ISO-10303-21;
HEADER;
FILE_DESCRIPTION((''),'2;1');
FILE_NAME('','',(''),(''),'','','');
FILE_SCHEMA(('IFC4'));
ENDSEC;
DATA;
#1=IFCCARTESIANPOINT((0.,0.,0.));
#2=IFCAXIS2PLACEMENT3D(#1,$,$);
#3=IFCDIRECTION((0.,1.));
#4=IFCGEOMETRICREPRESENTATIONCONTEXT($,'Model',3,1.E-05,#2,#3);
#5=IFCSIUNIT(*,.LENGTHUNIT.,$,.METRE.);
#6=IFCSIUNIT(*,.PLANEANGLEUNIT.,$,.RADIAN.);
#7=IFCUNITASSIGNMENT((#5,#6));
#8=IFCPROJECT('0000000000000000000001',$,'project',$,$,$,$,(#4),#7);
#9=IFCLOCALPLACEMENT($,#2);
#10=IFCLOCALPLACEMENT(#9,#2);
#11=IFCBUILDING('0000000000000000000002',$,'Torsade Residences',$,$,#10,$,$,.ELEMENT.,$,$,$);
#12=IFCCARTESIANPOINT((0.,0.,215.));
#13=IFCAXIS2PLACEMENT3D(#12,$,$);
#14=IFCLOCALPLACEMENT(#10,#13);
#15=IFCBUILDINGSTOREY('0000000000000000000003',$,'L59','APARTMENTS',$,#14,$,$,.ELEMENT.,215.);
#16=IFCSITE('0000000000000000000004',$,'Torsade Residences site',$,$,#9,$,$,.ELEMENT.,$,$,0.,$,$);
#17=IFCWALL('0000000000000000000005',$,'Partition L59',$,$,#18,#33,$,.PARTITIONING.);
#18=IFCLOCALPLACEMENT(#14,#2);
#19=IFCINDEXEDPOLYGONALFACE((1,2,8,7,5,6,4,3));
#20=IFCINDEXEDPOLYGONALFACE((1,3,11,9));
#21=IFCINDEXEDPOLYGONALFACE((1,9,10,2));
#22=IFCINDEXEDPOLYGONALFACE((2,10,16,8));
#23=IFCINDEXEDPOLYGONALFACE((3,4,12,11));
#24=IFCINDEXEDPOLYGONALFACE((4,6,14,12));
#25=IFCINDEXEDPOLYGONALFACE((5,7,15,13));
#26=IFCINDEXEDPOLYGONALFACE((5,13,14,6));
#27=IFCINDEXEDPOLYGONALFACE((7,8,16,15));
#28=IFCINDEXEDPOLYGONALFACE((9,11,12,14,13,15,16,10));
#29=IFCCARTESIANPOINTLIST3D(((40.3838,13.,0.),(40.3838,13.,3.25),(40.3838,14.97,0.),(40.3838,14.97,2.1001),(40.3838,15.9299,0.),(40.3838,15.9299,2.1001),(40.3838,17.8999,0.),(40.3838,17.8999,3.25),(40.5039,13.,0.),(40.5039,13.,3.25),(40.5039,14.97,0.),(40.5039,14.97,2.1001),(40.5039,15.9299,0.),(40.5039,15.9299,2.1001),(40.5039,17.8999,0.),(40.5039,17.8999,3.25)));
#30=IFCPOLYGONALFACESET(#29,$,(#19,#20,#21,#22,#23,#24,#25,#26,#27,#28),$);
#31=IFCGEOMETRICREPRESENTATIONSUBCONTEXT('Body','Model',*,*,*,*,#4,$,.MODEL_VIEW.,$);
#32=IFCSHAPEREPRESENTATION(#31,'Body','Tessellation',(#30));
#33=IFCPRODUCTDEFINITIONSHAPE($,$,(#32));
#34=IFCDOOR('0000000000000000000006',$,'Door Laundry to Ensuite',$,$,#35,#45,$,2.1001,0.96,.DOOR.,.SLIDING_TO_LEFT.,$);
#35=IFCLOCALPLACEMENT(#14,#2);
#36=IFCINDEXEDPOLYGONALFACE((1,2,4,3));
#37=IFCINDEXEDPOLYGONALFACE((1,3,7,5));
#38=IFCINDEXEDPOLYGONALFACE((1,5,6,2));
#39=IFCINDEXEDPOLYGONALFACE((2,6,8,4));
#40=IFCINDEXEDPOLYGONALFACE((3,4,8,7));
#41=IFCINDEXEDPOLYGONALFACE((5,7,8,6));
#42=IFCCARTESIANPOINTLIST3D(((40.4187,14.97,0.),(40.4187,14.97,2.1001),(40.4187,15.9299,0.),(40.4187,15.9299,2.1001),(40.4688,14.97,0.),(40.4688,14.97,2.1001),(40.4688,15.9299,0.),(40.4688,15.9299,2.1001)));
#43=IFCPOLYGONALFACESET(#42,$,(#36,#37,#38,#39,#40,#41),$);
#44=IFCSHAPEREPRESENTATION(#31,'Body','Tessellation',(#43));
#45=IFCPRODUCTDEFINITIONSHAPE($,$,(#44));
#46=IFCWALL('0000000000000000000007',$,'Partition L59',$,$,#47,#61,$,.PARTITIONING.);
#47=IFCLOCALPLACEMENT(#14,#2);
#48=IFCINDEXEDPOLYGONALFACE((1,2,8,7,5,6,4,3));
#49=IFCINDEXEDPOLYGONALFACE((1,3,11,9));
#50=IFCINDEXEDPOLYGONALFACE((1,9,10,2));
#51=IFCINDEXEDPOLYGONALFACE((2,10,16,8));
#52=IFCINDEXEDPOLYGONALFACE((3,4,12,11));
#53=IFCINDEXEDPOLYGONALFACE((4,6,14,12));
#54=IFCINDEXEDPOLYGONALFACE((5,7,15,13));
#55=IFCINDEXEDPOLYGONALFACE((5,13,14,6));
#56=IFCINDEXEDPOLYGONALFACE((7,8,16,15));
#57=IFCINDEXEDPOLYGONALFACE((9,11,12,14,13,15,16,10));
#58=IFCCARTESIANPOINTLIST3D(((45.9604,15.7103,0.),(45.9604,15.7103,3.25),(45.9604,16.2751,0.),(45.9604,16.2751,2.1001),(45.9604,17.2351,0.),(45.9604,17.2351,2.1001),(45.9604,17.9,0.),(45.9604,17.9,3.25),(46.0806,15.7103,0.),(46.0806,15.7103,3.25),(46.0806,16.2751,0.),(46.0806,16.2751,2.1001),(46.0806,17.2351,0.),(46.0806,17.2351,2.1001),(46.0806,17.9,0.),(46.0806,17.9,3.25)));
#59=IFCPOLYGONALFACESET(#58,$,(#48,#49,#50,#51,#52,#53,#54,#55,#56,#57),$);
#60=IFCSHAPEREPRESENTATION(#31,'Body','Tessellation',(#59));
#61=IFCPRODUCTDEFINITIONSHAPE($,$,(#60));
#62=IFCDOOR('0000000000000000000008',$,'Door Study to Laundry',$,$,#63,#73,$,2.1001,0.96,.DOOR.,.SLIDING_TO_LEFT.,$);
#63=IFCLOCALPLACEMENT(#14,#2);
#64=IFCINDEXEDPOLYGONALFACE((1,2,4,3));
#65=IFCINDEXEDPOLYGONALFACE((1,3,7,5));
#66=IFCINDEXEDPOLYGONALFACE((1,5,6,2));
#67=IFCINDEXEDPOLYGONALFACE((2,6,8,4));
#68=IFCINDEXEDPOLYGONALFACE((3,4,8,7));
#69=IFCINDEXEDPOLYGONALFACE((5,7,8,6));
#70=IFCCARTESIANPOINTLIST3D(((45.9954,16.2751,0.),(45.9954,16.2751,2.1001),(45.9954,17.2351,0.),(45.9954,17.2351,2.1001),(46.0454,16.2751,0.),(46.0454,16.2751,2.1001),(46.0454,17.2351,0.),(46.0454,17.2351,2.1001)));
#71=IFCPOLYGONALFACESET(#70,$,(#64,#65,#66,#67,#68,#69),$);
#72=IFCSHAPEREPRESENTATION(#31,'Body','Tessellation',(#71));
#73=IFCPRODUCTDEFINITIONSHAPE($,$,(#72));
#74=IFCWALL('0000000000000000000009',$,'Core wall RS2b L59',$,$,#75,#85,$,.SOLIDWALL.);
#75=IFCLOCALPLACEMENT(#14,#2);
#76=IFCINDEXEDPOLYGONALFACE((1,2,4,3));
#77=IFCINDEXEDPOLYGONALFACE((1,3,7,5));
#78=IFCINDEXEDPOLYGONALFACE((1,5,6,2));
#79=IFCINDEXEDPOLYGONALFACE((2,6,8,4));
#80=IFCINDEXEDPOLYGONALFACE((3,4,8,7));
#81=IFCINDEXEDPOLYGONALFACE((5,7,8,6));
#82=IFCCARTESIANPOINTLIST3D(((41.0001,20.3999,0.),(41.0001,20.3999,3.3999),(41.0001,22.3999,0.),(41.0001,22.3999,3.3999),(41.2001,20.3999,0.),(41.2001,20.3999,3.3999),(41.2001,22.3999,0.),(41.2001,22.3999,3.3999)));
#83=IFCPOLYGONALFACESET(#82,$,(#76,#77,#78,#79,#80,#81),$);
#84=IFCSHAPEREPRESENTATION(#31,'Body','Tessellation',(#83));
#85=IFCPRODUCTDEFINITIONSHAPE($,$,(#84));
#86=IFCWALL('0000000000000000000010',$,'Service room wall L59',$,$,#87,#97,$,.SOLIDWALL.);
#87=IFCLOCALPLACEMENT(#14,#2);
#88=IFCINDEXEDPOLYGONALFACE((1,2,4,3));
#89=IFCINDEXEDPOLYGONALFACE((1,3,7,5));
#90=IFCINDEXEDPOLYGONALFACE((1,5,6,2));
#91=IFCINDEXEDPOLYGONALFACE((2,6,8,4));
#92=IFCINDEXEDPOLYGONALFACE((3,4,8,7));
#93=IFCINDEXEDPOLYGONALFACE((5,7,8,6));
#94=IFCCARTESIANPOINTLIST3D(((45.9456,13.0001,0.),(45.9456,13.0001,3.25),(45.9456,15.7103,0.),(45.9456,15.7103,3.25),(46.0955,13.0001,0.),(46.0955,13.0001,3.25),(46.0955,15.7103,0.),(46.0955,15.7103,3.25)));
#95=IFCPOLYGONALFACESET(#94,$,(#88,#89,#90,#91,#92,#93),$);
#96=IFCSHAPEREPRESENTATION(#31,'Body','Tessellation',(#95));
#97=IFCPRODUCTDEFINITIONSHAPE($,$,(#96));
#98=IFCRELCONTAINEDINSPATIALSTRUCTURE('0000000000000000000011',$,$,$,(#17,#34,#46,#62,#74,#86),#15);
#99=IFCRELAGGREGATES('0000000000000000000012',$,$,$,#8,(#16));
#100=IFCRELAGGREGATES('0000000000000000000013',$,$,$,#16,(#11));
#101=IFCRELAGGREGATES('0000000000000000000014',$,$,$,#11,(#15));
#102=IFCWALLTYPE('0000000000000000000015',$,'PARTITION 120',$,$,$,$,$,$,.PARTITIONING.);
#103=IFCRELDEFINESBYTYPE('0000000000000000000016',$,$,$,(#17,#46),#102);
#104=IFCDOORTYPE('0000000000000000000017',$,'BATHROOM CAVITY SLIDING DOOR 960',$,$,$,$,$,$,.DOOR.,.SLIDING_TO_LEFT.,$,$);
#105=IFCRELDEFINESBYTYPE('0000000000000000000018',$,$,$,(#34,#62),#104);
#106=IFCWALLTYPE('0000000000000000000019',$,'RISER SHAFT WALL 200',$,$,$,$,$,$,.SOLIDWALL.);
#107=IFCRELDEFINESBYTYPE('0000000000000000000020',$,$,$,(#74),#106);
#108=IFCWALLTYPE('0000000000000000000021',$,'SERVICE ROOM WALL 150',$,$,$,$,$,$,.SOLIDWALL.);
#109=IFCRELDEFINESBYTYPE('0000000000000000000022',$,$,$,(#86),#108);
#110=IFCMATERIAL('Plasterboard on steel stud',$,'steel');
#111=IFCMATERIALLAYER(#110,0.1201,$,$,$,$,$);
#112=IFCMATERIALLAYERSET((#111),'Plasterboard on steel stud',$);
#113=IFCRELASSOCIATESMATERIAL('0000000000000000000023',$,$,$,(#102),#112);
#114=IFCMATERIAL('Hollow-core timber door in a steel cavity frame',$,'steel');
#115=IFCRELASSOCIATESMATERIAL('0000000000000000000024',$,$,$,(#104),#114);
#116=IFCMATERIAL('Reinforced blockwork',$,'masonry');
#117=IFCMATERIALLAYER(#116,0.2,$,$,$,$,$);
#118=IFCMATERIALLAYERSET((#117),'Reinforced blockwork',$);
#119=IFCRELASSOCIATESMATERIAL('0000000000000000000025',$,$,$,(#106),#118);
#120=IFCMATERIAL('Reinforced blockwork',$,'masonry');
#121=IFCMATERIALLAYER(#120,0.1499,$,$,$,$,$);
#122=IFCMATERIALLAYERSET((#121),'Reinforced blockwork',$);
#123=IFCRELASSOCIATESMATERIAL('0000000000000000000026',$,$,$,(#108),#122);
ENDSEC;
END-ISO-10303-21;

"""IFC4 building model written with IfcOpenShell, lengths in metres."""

from ifc_helpers import new_model, si_unit, direction, frame, frame_2d, origin, place, context, subcontext, project, spatial, rectangle, extrude, material, layer, layer_set, type_object, element, fill, save


model = new_model("IFC4")

# Units and contexts
model_context = context("Model", 3, precision=1e-05, world=origin(), true_north=direction((0.0, 1.0)))
body_context = subcontext(model_context, "Body", "Model", "MODEL_VIEW")
ifc_project = project(units=[si_unit("LENGTHUNIT", "METRE"), si_unit("PLANEANGLEUNIT", "RADIAN")], contexts=[model_context])

# Site, building, storey
site_placement = place(None, origin())
site = spatial("IfcSite", under=ifc_project, at=site_placement, Name="Torsade Residences site", CompositionType="ELEMENT", RefElevation=0.0)
building_placement = place(site_placement, origin())
building = spatial("IfcBuilding", under=site, at=building_placement, Name="Torsade Residences", CompositionType="ELEMENT")
storey_placement = place(building_placement, frame((0.0, 0.0, 215.0)))
storey = spatial("IfcBuildingStorey", under=building, at=storey_placement, Name="L59", Description="APARTMENTS", CompositionType="ELEMENT", Elevation=215.0)

# Walls, openings, doors
ifc_material_1 = material(Name="Plasterboard on steel stud", Category="steel")
ifc_layer_1 = layer(ifc_material_1, 0.1201)
ifc_layer_set_1 = layer_set([ifc_layer_1], Name="Plasterboard on steel stud")
wall_type_1 = type_object("IfcWallType", Name="PARTITION 120", PredefinedType="PARTITIONING", material=ifc_layer_set_1)
wall_1_placement = place(storey_placement, frame((40.4438, 17.8999, 0.0), z_axis=(0.0, 0.0, 1.0), x_axis=(0.0, -1.0, 0.0)))
wall_1 = element("IfcWall", 1, at=wall_1_placement, inside=storey, type_object=wall_type_1, Name="Partition L59", PredefinedType="PARTITIONING", context=body_context, shape_type="SweptSolid", body=[
    extrude(rectangle(XDim=4.8999, YDim=0.1201, at=frame_2d((2.45, 0.0))), origin(), (0.0, 0.0, 1.0), 3.25),
])
opening_1_placement = place(wall_1_placement, frame((1.97, 0.0, 0.0)))
opening_1 = element("IfcOpeningElement", 2, at=opening_1_placement, cuts=wall_1, PredefinedType="OPENING", context=body_context, shape_type="SweptSolid", body=[
    extrude(rectangle(XDim=0.96, YDim=2.1001, at=frame_2d((0.48, 1.05))), frame((0.0, 0.0701, 0.0), z_axis=(0.0, -1.0, 0.0), x_axis=(1.0, 0.0, 0.0)), (0.0, 0.0, 1.0), 0.1401),
])
ifc_material_2 = material(Name="Hollow-core timber door in a steel cavity frame", Category="steel")
door_type_1 = type_object("IfcDoorType", Name="BATHROOM CAVITY SLIDING DOOR 960", OperationType="SLIDING_TO_LEFT", PredefinedType="DOOR", material=ifc_material_2)
door_1_placement = place(opening_1_placement, origin())
door_1 = element("IfcDoor", 3, at=door_1_placement, inside=storey, type_object=door_type_1, Name="Door Laundry to Ensuite", OperationType="SLIDING_TO_LEFT", OverallHeight=2.1001, OverallWidth=0.96, PredefinedType="DOOR", context=body_context, shape_type="SweptSolid", body=[
    extrude(rectangle(XDim=0.96, YDim=2.1001, at=frame_2d((0.48, 1.05))), frame((0.0, 0.0249, 0.0), z_axis=(0.0, -1.0, 0.0), x_axis=(1.0, 0.0, 0.0)), (0.0, 0.0, 1.0), 0.05),
])
fill(opening_1, door_1)
wall_2_placement = place(storey_placement, frame((46.0205, 17.8999, 0.0), z_axis=(0.0, 0.0, 1.0), x_axis=(0.0, -1.0, 0.0)))
wall_2 = element("IfcWall", 4, at=wall_2_placement, inside=storey, type_object=wall_type_1, Name="Partition L59", PredefinedType="PARTITIONING", context=body_context, shape_type="SweptSolid", body=[
    extrude(rectangle(XDim=2.1897, YDim=0.1201, at=frame_2d((1.0947, 0.0))), origin(), (0.0, 0.0, 1.0), 3.25),
])
opening_2_placement = place(wall_2_placement, frame((0.6648, 0.0, 0.0)))
opening_2 = element("IfcOpeningElement", 5, at=opening_2_placement, cuts=wall_2, PredefinedType="OPENING", context=body_context, shape_type="SweptSolid", body=[
    extrude(rectangle(XDim=0.96, YDim=2.1001, at=frame_2d((0.48, 1.05))), frame((0.0, 0.0701, 0.0), z_axis=(0.0, -1.0, 0.0), x_axis=(1.0, 0.0, 0.0)), (0.0, 0.0, 1.0), 0.1401),
])
door_2_placement = place(opening_2_placement, origin())
door_2 = element("IfcDoor", 6, at=door_2_placement, inside=storey, type_object=door_type_1, Name="Door Study to Laundry", OperationType="SLIDING_TO_LEFT", OverallHeight=2.1001, OverallWidth=0.96, PredefinedType="DOOR", context=body_context, shape_type="SweptSolid", body=[
    extrude(rectangle(XDim=0.96, YDim=2.1001, at=frame_2d((0.48, 1.05))), frame((0.0, 0.0249, 0.0), z_axis=(0.0, -1.0, 0.0), x_axis=(1.0, 0.0, 0.0)), (0.0, 0.0, 1.0), 0.05),
])
fill(opening_2, door_2)

# Walls
ifc_material_3 = material(Name="Reinforced blockwork", Category="masonry")
ifc_layer_2 = layer(ifc_material_3, 0.2)
ifc_layer_set_2 = layer_set([ifc_layer_2], Name="Reinforced blockwork")
wall_type_2 = type_object("IfcWallType", Name="RISER SHAFT WALL 200", PredefinedType="SOLIDWALL", material=ifc_layer_set_2)
wall_3_placement = place(storey_placement, frame((41.1001, 22.3999, 0.0), z_axis=(0.0, 0.0, 1.0), x_axis=(0.0, -1.0, 0.0)))
element("IfcWall", 7, at=wall_3_placement, inside=storey, type_object=wall_type_2, Name="Core wall RS2b L59", PredefinedType="SOLIDWALL", context=body_context, shape_type="SweptSolid", body=[
    extrude(rectangle(XDim=2.0, YDim=0.2, at=frame_2d((1.0, 0.0))), origin(), (0.0, 0.0, 1.0), 3.3999),
])
ifc_material_4 = material(Name="Reinforced blockwork", Category="masonry")
ifc_layer_3 = layer(ifc_material_4, 0.1499)
ifc_layer_set_3 = layer_set([ifc_layer_3], Name="Reinforced blockwork")
wall_type_3 = type_object("IfcWallType", Name="SERVICE ROOM WALL 150", PredefinedType="SOLIDWALL", material=ifc_layer_set_3)
wall_4_placement = place(storey_placement, frame((46.0205, 15.7102, 0.0), z_axis=(0.0, 0.0, 1.0), x_axis=(0.0, -1.0, 0.0)))
element("IfcWall", 8, at=wall_4_placement, inside=storey, type_object=wall_type_3, Name="Service room wall L59", PredefinedType="SOLIDWALL", context=body_context, shape_type="SweptSolid", body=[
    extrude(rectangle(XDim=2.7102, YDim=0.1499, at=frame_2d((1.355, 0.0))), origin(), (0.0, 0.0, 1.0), 3.25),
])

save(model, "model.ifc")
